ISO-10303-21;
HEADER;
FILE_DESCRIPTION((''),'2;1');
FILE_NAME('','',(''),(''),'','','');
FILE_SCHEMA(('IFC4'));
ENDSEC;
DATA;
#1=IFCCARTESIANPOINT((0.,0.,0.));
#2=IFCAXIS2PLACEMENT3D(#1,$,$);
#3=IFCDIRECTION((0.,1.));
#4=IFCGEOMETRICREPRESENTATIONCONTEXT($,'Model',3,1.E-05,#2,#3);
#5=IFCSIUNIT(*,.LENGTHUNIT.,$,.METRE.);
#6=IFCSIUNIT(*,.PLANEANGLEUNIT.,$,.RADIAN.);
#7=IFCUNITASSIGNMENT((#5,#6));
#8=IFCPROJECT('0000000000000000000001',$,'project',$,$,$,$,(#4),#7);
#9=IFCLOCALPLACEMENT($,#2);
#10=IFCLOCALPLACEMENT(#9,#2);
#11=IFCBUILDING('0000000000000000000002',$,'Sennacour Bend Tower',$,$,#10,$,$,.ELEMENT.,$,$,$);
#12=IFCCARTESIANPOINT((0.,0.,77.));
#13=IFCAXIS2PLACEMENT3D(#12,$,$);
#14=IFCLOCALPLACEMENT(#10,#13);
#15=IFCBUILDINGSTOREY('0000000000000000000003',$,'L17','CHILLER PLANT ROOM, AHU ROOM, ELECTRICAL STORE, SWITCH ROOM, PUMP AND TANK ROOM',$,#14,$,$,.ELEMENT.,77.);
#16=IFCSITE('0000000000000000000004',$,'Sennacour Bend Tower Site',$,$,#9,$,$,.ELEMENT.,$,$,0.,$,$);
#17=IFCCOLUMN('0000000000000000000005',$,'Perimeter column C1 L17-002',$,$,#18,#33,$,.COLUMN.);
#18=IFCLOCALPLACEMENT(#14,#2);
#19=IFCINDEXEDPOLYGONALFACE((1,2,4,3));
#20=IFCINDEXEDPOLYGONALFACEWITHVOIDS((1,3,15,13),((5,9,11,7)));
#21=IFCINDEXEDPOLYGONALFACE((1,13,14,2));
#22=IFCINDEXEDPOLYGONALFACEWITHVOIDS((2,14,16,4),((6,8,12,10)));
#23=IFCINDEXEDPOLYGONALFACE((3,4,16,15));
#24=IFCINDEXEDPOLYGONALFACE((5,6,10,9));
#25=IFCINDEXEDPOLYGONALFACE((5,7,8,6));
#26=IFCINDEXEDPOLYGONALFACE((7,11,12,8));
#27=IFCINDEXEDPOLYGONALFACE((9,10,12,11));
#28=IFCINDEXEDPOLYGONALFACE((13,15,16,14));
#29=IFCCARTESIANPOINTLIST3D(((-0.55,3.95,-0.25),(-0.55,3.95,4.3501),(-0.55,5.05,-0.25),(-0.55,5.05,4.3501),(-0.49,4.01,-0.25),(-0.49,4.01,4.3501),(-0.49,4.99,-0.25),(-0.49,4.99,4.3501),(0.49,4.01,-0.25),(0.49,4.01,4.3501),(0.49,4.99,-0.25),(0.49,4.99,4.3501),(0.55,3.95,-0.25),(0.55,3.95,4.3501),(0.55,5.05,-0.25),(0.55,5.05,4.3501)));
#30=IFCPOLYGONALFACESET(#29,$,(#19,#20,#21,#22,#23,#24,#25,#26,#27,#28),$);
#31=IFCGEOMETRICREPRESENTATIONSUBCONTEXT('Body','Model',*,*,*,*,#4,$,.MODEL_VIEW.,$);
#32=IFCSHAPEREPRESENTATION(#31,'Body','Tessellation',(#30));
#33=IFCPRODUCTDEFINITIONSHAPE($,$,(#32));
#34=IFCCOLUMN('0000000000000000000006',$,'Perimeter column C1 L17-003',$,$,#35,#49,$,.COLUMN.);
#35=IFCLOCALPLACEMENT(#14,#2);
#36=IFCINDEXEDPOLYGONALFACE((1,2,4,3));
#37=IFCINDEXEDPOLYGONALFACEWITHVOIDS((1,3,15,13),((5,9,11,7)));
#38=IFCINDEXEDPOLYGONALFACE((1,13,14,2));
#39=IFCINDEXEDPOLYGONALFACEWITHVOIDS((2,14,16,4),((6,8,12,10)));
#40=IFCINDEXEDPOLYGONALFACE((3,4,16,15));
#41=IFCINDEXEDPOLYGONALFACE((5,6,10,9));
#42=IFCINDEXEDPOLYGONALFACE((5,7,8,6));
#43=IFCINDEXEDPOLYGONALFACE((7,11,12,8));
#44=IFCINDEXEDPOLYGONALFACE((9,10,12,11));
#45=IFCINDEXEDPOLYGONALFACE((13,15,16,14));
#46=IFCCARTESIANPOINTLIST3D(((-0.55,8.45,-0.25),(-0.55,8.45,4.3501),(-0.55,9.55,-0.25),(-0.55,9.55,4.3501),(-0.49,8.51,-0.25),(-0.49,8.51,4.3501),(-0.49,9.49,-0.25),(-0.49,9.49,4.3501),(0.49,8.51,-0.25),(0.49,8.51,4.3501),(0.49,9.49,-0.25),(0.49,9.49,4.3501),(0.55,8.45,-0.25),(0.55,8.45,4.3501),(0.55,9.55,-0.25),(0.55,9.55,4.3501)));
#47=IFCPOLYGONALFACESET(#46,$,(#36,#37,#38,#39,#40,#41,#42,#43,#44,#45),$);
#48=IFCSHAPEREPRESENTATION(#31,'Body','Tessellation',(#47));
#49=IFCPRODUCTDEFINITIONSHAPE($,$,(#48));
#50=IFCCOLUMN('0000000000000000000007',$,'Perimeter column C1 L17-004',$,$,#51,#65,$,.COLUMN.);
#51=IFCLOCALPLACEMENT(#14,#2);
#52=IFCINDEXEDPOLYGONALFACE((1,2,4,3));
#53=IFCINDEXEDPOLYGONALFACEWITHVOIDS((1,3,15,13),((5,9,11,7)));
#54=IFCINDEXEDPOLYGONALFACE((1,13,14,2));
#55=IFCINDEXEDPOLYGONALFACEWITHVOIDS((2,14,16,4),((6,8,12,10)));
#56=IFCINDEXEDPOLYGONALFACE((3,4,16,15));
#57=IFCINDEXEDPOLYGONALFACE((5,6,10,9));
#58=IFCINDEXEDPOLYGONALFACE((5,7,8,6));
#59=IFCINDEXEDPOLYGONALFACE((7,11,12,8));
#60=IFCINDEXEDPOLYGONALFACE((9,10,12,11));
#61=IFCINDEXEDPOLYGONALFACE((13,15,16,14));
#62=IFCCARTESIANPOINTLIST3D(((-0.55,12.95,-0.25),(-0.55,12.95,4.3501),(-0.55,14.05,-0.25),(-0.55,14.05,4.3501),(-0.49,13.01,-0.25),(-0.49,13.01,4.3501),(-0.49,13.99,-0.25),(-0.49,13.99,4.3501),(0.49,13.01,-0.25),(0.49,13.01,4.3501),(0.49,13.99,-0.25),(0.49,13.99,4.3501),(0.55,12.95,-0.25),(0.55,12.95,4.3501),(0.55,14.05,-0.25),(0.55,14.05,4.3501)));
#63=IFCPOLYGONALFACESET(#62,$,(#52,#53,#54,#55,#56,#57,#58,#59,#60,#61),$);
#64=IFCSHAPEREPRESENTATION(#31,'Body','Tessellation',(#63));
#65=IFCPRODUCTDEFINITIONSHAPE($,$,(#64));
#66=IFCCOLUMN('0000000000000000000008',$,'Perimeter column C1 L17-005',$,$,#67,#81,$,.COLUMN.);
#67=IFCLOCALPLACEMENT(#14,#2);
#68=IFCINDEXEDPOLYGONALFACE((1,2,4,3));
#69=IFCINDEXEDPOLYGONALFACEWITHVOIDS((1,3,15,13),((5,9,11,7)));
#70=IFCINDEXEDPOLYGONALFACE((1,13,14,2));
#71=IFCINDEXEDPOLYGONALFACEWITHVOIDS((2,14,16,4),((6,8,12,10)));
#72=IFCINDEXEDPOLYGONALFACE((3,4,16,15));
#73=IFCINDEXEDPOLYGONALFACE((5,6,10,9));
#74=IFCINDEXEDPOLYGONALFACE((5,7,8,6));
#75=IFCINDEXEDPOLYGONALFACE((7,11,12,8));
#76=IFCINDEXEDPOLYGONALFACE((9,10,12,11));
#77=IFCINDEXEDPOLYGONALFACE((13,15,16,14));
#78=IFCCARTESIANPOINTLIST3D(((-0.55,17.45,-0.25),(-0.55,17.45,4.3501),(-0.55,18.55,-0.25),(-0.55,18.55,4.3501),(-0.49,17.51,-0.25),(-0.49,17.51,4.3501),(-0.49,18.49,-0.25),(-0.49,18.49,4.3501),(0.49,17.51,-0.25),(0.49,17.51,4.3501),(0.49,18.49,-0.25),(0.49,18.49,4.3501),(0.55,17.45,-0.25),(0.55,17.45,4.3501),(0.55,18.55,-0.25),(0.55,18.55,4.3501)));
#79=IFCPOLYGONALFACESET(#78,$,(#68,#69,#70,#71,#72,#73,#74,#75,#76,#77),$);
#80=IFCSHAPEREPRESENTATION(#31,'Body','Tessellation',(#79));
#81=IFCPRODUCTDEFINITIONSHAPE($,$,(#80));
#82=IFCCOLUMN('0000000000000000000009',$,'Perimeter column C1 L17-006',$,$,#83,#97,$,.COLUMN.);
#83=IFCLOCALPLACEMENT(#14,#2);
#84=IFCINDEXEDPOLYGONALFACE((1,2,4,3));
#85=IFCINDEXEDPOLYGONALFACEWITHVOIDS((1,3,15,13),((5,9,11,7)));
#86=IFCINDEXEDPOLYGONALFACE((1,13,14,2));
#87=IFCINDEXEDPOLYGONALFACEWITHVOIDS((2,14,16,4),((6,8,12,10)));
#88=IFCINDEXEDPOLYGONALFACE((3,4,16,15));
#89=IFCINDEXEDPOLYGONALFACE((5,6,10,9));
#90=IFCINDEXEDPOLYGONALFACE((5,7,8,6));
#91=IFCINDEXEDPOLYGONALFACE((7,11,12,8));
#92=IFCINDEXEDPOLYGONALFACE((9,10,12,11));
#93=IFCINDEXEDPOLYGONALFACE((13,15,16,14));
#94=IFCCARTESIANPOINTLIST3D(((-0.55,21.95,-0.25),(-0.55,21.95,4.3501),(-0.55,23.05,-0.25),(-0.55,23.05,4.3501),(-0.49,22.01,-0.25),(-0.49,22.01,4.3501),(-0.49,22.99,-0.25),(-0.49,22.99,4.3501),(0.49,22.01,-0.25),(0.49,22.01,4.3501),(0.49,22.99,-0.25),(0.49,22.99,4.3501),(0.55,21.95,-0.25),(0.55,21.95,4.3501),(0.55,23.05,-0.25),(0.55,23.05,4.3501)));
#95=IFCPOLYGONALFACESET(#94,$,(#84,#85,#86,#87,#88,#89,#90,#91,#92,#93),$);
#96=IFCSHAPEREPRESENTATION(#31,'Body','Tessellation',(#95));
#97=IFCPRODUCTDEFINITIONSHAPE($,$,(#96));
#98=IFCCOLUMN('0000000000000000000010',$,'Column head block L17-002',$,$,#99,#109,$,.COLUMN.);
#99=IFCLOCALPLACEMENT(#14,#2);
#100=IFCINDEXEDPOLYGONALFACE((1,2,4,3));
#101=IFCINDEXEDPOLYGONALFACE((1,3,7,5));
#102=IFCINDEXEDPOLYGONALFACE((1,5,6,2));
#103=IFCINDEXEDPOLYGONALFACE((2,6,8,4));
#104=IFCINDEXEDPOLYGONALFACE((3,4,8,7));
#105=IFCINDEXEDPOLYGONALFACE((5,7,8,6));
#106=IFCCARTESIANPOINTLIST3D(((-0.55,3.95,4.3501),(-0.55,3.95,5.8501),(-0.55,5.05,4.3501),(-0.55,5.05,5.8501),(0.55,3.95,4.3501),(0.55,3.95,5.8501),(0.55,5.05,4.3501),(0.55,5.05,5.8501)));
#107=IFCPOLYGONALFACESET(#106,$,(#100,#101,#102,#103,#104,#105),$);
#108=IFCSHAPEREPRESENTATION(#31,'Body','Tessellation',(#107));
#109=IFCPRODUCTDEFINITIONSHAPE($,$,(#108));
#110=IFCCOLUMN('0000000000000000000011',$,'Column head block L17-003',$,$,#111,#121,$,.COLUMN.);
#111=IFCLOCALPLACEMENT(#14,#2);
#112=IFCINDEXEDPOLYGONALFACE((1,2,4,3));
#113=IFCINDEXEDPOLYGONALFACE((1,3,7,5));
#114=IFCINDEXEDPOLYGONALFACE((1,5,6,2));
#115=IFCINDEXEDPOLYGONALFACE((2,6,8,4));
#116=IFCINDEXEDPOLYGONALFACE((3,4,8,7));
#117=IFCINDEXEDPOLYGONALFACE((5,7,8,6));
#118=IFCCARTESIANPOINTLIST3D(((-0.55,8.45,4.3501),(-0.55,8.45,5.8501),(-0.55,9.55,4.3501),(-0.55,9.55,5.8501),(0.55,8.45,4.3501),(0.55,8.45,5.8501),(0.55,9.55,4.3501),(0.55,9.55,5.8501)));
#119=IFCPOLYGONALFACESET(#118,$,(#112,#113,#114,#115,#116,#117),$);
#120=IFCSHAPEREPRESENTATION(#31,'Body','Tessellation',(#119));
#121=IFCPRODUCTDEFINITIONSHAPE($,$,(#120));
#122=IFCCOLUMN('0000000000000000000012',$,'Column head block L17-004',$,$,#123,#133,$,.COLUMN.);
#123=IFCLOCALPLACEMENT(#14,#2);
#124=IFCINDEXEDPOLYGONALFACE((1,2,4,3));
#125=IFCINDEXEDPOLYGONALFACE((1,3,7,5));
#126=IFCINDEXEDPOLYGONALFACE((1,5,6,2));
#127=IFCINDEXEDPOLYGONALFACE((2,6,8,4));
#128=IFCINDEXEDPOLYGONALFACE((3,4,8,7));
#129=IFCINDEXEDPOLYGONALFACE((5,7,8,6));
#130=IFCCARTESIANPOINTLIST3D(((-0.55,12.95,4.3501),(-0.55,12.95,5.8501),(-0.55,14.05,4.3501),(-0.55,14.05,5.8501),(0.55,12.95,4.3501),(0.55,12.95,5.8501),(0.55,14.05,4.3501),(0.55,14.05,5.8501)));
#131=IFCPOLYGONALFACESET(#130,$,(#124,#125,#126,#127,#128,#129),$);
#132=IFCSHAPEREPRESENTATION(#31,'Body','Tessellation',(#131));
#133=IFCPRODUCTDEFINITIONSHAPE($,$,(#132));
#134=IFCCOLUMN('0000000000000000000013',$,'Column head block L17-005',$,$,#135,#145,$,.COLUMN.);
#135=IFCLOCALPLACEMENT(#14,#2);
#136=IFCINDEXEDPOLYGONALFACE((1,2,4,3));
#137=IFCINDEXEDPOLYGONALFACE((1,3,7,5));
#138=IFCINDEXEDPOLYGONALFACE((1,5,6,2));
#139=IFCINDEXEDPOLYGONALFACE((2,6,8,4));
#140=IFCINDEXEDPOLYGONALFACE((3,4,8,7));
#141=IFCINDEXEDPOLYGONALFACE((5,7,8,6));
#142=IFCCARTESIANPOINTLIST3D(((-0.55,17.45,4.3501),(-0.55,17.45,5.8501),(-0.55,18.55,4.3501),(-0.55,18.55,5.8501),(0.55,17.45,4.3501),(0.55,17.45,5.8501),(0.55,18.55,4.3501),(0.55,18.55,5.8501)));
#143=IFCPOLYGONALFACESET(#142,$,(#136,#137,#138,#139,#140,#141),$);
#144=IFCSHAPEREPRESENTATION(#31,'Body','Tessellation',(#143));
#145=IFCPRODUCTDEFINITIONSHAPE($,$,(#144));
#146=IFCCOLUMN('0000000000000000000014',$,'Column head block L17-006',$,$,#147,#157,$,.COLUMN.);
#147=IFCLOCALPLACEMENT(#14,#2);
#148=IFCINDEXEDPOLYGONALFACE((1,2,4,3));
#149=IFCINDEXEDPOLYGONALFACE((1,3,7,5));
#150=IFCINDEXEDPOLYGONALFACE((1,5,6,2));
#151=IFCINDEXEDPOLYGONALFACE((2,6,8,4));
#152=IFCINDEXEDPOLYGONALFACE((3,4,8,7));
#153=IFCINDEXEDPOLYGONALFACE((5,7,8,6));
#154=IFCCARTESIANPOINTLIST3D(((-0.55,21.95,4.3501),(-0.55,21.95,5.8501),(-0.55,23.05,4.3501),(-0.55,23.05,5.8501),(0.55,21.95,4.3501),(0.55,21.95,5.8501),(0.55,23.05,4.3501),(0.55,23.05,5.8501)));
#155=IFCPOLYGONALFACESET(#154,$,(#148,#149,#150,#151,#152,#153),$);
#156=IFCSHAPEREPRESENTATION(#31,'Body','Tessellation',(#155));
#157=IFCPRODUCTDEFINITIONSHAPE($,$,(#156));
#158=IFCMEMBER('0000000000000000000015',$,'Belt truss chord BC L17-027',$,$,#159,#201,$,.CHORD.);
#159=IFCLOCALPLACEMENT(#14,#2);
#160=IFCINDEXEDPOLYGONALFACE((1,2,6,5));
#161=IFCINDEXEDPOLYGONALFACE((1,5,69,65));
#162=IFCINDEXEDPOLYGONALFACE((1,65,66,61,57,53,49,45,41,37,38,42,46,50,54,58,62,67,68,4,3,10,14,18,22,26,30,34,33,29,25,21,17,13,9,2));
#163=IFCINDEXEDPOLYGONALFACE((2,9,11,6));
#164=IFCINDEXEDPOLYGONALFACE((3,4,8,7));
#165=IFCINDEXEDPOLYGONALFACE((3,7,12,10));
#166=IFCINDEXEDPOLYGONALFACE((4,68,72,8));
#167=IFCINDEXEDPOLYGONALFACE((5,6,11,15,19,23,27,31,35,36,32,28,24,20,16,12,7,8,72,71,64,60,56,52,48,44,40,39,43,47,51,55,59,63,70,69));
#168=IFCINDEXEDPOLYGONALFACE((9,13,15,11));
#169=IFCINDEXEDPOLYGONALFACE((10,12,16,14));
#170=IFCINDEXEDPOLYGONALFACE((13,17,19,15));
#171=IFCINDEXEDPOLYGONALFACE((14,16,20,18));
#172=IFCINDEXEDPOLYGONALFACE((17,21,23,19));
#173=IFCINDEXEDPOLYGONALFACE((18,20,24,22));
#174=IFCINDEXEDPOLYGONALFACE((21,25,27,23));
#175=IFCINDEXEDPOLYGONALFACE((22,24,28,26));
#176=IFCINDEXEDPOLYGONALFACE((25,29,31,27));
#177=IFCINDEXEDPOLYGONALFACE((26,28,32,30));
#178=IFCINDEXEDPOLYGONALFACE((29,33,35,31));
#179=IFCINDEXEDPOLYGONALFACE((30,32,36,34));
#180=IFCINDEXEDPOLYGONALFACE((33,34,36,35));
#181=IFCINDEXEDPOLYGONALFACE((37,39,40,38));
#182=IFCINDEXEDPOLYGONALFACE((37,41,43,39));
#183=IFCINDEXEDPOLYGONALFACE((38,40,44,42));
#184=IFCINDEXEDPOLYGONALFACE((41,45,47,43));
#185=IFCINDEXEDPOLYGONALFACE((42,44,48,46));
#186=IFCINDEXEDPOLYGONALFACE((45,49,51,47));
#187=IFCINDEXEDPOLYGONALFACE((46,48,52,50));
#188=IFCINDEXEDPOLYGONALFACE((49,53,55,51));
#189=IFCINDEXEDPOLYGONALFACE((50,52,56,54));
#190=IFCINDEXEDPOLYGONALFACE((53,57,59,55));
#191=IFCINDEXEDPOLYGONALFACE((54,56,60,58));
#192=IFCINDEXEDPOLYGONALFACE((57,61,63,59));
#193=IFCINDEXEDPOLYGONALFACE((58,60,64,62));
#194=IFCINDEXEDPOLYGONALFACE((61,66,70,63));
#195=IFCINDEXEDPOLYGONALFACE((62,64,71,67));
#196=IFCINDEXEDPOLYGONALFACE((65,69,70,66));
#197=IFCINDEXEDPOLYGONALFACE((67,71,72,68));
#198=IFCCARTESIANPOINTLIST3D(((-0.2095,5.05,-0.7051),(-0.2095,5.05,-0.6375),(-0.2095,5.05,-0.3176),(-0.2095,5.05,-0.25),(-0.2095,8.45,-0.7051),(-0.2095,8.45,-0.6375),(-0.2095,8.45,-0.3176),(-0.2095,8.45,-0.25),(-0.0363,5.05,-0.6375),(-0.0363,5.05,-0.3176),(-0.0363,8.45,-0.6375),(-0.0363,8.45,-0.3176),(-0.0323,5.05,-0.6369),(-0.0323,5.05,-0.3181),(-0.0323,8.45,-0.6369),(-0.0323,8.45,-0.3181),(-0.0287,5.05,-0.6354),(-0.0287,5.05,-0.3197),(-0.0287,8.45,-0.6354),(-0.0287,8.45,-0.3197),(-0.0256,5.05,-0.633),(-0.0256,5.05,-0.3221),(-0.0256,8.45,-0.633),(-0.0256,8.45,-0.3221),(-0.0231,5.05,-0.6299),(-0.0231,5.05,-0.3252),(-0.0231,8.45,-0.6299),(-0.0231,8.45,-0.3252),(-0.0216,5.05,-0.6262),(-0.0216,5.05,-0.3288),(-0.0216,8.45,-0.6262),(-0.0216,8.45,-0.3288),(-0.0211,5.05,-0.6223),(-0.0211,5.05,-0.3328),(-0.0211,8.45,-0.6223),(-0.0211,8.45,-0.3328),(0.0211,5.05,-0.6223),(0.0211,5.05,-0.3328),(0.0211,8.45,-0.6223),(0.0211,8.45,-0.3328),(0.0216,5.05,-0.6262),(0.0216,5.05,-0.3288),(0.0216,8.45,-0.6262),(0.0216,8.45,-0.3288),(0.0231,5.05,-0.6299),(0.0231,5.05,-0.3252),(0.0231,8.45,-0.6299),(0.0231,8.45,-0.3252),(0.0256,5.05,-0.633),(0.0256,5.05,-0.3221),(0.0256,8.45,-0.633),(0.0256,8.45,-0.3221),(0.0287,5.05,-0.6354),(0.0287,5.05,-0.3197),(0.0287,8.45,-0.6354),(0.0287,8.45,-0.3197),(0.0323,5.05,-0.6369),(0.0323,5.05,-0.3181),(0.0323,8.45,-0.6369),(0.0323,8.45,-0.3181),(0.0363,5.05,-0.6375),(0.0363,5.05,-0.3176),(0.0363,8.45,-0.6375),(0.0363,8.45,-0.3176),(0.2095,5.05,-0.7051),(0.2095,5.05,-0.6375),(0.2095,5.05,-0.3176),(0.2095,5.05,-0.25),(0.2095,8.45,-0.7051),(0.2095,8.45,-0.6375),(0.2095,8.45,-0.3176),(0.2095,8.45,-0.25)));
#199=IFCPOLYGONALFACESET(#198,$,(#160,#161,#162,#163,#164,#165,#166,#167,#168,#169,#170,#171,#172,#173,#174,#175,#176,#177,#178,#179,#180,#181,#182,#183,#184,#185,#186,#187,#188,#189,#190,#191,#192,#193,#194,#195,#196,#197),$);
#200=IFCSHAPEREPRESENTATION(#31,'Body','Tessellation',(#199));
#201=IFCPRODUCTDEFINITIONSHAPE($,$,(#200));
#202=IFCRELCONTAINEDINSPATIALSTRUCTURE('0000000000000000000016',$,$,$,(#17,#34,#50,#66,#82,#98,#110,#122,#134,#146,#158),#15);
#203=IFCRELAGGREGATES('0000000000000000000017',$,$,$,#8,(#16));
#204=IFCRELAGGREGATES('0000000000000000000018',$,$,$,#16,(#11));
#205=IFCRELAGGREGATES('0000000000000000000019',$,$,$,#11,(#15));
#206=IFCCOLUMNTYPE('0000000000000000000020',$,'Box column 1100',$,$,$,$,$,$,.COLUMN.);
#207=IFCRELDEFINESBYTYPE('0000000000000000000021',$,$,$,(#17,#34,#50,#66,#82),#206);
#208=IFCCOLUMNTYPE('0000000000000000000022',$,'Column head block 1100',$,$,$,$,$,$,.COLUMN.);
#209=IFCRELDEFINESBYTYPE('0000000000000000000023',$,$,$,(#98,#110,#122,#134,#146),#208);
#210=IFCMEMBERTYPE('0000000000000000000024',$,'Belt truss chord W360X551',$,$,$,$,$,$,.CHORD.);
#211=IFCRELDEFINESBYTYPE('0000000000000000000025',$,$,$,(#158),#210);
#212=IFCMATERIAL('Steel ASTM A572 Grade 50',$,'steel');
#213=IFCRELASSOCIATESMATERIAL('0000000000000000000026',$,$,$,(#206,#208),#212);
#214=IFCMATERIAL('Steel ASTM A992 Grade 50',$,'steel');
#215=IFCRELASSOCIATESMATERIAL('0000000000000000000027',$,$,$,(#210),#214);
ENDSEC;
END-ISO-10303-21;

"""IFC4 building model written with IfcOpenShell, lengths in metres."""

from ifc_helpers import new_model, si_unit, direction, frame, origin, origin_2d, place, context, subcontext, project, spatial, rectangle, hollow_rectangle, i_section, extrude, material, material_profile, profile_set, type_object, element, save


model = new_model("IFC4")

# Units and contexts
model_context = context("Model", 3, precision=1e-05, world=origin(), true_north=direction((0.0, 1.0)))
body_context = subcontext(model_context, "Body", "Model", "MODEL_VIEW")
ifc_project = project(units=[si_unit("LENGTHUNIT", "METRE"), si_unit("PLANEANGLEUNIT", "RADIAN")], contexts=[model_context])

# Site, building, storey
site_placement = place(None, origin())
site = spatial("IfcSite", under=ifc_project, at=site_placement, Name="Sennacour Bend Tower Site", CompositionType="ELEMENT", RefElevation=0.0)
building_placement = place(site_placement, origin())
building = spatial("IfcBuilding", under=site, at=building_placement, Name="Sennacour Bend Tower", CompositionType="ELEMENT")
storey_placement = place(building_placement, frame((0.0, 0.0, 77.0)))
storey = spatial("IfcBuildingStorey", under=building, at=storey_placement, Name="L17", Description="CHILLER PLANT ROOM, AHU ROOM, ELECTRICAL STORE, SWITCH ROOM, PUMP AND TANK ROOM", CompositionType="ELEMENT", Elevation=77.0)

# Columns
ifc_material_1 = material(Name="Steel ASTM A572 Grade 50", Category="steel")
ifc_material_profile_1 = material_profile(ifc_material_1, hollow_rectangle(XDim=1.1001, YDim=1.1001, WallThickness=0.0601, at=origin_2d()), Name="Steel ASTM A572 Grade 50", Category="steel")
ifc_profile_set_1 = profile_set([ifc_material_profile_1], Name="Steel ASTM A572 Grade 50")
column_type_1 = type_object("IfcColumnType", Name="Box column 1100", PredefinedType="COLUMN", material=ifc_profile_set_1)
for number, where, z_axis, x_axis, name in (
    (1, (0.0, 4.5, -0.25), (0.0, 0.0, 1.0), (1.0, 0.0, 0.0), "Perimeter column C1 L17-002"),
    (2, (0.0, 9.0, -0.25), (0.0, 0.0, 1.0), (1.0, 0.0, 0.0), "Perimeter column C1 L17-003"),
    (3, (0.0, 13.5, -0.25), (0.0, 0.0, 1.0), (1.0, 0.0, 0.0), "Perimeter column C1 L17-004"),
    (4, (0.0, 18.0, -0.25), (0.0, 0.0, 1.0), (1.0, 0.0, 0.0), "Perimeter column C1 L17-005"),
    (5, (0.0, 22.5, -0.25), (0.0, 0.0, 1.0), (1.0, 0.0, 0.0), "Perimeter column C1 L17-006"),
):
    element("IfcColumn", number, at=place(storey_placement, frame(where, z_axis=z_axis, x_axis=x_axis)), inside=storey, type_object=column_type_1, Name=name, PredefinedType="COLUMN", context=body_context, shape_type="SweptSolid", body=[
        extrude(hollow_rectangle(XDim=1.1001, YDim=1.1001, WallThickness=0.0601, at=origin_2d()), origin(), (0.0, 0.0, 1.0), 4.6001),
    ])
ifc_material_profile_2 = material_profile(ifc_material_1, rectangle(XDim=1.1001, YDim=1.1001, at=origin_2d()), Name="Steel ASTM A572 Grade 50", Category="steel")
ifc_profile_set_2 = profile_set([ifc_material_profile_2], Name="Steel ASTM A572 Grade 50")
column_type_2 = type_object("IfcColumnType", Name="Column head block 1100", PredefinedType="COLUMN", material=ifc_profile_set_2)
for number, where, z_axis, x_axis, name in (
    (6, (0.0, 4.5, 4.3501), (0.0, 0.0, 1.0), (1.0, 0.0, 0.0), "Column head block L17-002"),
    (7, (0.0, 9.0, 4.3501), (0.0, 0.0, 1.0), (1.0, 0.0, 0.0), "Column head block L17-003"),
    (8, (0.0, 13.5, 4.3501), (0.0, 0.0, 1.0), (1.0, 0.0, 0.0), "Column head block L17-004"),
    (9, (0.0, 18.0, 4.3501), (0.0, 0.0, 1.0), (1.0, 0.0, 0.0), "Column head block L17-005"),
    (10, (0.0, 22.5, 4.3501), (0.0, 0.0, 1.0), (1.0, 0.0, 0.0), "Column head block L17-006"),
):
    element("IfcColumn", number, at=place(storey_placement, frame(where, z_axis=z_axis, x_axis=x_axis)), inside=storey, type_object=column_type_2, Name=name, PredefinedType="COLUMN", context=body_context, shape_type="SweptSolid", body=[
        extrude(rectangle(XDim=1.1001, YDim=1.1001, at=origin_2d()), origin(), (0.0, 0.0, 1.0), 1.5),
    ])

# Member
ifc_material_2 = material(Name="Steel ASTM A992 Grade 50", Category="steel")
ifc_material_profile_3 = material_profile(ifc_material_2, i_section(OverallWidth=0.4189, OverallDepth=0.4551, WebThickness=0.0422, FlangeThickness=0.0676, FilletRadius=0.0151, at=origin_2d()), Name="Steel ASTM A992 Grade 50", Category="steel")
ifc_profile_set_3 = profile_set([ifc_material_profile_3], Name="Steel ASTM A992 Grade 50")
member_type_1 = type_object("IfcMemberType", Name="Belt truss chord W360X551", PredefinedType="CHORD", material=ifc_profile_set_3)
for number, where, z_axis, x_axis, name in (
    (11, (0.0, 5.05, -0.4775), (0.0, 1.0, 0.0), (-1.0, 0.0, 0.0), "Belt truss chord BC L17-027"),
):
    element("IfcMember", number, at=place(storey_placement, frame(where, z_axis=z_axis, x_axis=x_axis)), inside=storey, type_object=member_type_1, Name=name, PredefinedType="CHORD", context=body_context, shape_type="SweptSolid", body=[
        extrude(i_section(OverallWidth=0.4189, OverallDepth=0.4551, WebThickness=0.0422, FlangeThickness=0.0676, FilletRadius=0.0151, at=origin_2d()), origin(), (0.0, 0.0, 1.0), 3.3999),
    ])

save(model, "model.ifc")
